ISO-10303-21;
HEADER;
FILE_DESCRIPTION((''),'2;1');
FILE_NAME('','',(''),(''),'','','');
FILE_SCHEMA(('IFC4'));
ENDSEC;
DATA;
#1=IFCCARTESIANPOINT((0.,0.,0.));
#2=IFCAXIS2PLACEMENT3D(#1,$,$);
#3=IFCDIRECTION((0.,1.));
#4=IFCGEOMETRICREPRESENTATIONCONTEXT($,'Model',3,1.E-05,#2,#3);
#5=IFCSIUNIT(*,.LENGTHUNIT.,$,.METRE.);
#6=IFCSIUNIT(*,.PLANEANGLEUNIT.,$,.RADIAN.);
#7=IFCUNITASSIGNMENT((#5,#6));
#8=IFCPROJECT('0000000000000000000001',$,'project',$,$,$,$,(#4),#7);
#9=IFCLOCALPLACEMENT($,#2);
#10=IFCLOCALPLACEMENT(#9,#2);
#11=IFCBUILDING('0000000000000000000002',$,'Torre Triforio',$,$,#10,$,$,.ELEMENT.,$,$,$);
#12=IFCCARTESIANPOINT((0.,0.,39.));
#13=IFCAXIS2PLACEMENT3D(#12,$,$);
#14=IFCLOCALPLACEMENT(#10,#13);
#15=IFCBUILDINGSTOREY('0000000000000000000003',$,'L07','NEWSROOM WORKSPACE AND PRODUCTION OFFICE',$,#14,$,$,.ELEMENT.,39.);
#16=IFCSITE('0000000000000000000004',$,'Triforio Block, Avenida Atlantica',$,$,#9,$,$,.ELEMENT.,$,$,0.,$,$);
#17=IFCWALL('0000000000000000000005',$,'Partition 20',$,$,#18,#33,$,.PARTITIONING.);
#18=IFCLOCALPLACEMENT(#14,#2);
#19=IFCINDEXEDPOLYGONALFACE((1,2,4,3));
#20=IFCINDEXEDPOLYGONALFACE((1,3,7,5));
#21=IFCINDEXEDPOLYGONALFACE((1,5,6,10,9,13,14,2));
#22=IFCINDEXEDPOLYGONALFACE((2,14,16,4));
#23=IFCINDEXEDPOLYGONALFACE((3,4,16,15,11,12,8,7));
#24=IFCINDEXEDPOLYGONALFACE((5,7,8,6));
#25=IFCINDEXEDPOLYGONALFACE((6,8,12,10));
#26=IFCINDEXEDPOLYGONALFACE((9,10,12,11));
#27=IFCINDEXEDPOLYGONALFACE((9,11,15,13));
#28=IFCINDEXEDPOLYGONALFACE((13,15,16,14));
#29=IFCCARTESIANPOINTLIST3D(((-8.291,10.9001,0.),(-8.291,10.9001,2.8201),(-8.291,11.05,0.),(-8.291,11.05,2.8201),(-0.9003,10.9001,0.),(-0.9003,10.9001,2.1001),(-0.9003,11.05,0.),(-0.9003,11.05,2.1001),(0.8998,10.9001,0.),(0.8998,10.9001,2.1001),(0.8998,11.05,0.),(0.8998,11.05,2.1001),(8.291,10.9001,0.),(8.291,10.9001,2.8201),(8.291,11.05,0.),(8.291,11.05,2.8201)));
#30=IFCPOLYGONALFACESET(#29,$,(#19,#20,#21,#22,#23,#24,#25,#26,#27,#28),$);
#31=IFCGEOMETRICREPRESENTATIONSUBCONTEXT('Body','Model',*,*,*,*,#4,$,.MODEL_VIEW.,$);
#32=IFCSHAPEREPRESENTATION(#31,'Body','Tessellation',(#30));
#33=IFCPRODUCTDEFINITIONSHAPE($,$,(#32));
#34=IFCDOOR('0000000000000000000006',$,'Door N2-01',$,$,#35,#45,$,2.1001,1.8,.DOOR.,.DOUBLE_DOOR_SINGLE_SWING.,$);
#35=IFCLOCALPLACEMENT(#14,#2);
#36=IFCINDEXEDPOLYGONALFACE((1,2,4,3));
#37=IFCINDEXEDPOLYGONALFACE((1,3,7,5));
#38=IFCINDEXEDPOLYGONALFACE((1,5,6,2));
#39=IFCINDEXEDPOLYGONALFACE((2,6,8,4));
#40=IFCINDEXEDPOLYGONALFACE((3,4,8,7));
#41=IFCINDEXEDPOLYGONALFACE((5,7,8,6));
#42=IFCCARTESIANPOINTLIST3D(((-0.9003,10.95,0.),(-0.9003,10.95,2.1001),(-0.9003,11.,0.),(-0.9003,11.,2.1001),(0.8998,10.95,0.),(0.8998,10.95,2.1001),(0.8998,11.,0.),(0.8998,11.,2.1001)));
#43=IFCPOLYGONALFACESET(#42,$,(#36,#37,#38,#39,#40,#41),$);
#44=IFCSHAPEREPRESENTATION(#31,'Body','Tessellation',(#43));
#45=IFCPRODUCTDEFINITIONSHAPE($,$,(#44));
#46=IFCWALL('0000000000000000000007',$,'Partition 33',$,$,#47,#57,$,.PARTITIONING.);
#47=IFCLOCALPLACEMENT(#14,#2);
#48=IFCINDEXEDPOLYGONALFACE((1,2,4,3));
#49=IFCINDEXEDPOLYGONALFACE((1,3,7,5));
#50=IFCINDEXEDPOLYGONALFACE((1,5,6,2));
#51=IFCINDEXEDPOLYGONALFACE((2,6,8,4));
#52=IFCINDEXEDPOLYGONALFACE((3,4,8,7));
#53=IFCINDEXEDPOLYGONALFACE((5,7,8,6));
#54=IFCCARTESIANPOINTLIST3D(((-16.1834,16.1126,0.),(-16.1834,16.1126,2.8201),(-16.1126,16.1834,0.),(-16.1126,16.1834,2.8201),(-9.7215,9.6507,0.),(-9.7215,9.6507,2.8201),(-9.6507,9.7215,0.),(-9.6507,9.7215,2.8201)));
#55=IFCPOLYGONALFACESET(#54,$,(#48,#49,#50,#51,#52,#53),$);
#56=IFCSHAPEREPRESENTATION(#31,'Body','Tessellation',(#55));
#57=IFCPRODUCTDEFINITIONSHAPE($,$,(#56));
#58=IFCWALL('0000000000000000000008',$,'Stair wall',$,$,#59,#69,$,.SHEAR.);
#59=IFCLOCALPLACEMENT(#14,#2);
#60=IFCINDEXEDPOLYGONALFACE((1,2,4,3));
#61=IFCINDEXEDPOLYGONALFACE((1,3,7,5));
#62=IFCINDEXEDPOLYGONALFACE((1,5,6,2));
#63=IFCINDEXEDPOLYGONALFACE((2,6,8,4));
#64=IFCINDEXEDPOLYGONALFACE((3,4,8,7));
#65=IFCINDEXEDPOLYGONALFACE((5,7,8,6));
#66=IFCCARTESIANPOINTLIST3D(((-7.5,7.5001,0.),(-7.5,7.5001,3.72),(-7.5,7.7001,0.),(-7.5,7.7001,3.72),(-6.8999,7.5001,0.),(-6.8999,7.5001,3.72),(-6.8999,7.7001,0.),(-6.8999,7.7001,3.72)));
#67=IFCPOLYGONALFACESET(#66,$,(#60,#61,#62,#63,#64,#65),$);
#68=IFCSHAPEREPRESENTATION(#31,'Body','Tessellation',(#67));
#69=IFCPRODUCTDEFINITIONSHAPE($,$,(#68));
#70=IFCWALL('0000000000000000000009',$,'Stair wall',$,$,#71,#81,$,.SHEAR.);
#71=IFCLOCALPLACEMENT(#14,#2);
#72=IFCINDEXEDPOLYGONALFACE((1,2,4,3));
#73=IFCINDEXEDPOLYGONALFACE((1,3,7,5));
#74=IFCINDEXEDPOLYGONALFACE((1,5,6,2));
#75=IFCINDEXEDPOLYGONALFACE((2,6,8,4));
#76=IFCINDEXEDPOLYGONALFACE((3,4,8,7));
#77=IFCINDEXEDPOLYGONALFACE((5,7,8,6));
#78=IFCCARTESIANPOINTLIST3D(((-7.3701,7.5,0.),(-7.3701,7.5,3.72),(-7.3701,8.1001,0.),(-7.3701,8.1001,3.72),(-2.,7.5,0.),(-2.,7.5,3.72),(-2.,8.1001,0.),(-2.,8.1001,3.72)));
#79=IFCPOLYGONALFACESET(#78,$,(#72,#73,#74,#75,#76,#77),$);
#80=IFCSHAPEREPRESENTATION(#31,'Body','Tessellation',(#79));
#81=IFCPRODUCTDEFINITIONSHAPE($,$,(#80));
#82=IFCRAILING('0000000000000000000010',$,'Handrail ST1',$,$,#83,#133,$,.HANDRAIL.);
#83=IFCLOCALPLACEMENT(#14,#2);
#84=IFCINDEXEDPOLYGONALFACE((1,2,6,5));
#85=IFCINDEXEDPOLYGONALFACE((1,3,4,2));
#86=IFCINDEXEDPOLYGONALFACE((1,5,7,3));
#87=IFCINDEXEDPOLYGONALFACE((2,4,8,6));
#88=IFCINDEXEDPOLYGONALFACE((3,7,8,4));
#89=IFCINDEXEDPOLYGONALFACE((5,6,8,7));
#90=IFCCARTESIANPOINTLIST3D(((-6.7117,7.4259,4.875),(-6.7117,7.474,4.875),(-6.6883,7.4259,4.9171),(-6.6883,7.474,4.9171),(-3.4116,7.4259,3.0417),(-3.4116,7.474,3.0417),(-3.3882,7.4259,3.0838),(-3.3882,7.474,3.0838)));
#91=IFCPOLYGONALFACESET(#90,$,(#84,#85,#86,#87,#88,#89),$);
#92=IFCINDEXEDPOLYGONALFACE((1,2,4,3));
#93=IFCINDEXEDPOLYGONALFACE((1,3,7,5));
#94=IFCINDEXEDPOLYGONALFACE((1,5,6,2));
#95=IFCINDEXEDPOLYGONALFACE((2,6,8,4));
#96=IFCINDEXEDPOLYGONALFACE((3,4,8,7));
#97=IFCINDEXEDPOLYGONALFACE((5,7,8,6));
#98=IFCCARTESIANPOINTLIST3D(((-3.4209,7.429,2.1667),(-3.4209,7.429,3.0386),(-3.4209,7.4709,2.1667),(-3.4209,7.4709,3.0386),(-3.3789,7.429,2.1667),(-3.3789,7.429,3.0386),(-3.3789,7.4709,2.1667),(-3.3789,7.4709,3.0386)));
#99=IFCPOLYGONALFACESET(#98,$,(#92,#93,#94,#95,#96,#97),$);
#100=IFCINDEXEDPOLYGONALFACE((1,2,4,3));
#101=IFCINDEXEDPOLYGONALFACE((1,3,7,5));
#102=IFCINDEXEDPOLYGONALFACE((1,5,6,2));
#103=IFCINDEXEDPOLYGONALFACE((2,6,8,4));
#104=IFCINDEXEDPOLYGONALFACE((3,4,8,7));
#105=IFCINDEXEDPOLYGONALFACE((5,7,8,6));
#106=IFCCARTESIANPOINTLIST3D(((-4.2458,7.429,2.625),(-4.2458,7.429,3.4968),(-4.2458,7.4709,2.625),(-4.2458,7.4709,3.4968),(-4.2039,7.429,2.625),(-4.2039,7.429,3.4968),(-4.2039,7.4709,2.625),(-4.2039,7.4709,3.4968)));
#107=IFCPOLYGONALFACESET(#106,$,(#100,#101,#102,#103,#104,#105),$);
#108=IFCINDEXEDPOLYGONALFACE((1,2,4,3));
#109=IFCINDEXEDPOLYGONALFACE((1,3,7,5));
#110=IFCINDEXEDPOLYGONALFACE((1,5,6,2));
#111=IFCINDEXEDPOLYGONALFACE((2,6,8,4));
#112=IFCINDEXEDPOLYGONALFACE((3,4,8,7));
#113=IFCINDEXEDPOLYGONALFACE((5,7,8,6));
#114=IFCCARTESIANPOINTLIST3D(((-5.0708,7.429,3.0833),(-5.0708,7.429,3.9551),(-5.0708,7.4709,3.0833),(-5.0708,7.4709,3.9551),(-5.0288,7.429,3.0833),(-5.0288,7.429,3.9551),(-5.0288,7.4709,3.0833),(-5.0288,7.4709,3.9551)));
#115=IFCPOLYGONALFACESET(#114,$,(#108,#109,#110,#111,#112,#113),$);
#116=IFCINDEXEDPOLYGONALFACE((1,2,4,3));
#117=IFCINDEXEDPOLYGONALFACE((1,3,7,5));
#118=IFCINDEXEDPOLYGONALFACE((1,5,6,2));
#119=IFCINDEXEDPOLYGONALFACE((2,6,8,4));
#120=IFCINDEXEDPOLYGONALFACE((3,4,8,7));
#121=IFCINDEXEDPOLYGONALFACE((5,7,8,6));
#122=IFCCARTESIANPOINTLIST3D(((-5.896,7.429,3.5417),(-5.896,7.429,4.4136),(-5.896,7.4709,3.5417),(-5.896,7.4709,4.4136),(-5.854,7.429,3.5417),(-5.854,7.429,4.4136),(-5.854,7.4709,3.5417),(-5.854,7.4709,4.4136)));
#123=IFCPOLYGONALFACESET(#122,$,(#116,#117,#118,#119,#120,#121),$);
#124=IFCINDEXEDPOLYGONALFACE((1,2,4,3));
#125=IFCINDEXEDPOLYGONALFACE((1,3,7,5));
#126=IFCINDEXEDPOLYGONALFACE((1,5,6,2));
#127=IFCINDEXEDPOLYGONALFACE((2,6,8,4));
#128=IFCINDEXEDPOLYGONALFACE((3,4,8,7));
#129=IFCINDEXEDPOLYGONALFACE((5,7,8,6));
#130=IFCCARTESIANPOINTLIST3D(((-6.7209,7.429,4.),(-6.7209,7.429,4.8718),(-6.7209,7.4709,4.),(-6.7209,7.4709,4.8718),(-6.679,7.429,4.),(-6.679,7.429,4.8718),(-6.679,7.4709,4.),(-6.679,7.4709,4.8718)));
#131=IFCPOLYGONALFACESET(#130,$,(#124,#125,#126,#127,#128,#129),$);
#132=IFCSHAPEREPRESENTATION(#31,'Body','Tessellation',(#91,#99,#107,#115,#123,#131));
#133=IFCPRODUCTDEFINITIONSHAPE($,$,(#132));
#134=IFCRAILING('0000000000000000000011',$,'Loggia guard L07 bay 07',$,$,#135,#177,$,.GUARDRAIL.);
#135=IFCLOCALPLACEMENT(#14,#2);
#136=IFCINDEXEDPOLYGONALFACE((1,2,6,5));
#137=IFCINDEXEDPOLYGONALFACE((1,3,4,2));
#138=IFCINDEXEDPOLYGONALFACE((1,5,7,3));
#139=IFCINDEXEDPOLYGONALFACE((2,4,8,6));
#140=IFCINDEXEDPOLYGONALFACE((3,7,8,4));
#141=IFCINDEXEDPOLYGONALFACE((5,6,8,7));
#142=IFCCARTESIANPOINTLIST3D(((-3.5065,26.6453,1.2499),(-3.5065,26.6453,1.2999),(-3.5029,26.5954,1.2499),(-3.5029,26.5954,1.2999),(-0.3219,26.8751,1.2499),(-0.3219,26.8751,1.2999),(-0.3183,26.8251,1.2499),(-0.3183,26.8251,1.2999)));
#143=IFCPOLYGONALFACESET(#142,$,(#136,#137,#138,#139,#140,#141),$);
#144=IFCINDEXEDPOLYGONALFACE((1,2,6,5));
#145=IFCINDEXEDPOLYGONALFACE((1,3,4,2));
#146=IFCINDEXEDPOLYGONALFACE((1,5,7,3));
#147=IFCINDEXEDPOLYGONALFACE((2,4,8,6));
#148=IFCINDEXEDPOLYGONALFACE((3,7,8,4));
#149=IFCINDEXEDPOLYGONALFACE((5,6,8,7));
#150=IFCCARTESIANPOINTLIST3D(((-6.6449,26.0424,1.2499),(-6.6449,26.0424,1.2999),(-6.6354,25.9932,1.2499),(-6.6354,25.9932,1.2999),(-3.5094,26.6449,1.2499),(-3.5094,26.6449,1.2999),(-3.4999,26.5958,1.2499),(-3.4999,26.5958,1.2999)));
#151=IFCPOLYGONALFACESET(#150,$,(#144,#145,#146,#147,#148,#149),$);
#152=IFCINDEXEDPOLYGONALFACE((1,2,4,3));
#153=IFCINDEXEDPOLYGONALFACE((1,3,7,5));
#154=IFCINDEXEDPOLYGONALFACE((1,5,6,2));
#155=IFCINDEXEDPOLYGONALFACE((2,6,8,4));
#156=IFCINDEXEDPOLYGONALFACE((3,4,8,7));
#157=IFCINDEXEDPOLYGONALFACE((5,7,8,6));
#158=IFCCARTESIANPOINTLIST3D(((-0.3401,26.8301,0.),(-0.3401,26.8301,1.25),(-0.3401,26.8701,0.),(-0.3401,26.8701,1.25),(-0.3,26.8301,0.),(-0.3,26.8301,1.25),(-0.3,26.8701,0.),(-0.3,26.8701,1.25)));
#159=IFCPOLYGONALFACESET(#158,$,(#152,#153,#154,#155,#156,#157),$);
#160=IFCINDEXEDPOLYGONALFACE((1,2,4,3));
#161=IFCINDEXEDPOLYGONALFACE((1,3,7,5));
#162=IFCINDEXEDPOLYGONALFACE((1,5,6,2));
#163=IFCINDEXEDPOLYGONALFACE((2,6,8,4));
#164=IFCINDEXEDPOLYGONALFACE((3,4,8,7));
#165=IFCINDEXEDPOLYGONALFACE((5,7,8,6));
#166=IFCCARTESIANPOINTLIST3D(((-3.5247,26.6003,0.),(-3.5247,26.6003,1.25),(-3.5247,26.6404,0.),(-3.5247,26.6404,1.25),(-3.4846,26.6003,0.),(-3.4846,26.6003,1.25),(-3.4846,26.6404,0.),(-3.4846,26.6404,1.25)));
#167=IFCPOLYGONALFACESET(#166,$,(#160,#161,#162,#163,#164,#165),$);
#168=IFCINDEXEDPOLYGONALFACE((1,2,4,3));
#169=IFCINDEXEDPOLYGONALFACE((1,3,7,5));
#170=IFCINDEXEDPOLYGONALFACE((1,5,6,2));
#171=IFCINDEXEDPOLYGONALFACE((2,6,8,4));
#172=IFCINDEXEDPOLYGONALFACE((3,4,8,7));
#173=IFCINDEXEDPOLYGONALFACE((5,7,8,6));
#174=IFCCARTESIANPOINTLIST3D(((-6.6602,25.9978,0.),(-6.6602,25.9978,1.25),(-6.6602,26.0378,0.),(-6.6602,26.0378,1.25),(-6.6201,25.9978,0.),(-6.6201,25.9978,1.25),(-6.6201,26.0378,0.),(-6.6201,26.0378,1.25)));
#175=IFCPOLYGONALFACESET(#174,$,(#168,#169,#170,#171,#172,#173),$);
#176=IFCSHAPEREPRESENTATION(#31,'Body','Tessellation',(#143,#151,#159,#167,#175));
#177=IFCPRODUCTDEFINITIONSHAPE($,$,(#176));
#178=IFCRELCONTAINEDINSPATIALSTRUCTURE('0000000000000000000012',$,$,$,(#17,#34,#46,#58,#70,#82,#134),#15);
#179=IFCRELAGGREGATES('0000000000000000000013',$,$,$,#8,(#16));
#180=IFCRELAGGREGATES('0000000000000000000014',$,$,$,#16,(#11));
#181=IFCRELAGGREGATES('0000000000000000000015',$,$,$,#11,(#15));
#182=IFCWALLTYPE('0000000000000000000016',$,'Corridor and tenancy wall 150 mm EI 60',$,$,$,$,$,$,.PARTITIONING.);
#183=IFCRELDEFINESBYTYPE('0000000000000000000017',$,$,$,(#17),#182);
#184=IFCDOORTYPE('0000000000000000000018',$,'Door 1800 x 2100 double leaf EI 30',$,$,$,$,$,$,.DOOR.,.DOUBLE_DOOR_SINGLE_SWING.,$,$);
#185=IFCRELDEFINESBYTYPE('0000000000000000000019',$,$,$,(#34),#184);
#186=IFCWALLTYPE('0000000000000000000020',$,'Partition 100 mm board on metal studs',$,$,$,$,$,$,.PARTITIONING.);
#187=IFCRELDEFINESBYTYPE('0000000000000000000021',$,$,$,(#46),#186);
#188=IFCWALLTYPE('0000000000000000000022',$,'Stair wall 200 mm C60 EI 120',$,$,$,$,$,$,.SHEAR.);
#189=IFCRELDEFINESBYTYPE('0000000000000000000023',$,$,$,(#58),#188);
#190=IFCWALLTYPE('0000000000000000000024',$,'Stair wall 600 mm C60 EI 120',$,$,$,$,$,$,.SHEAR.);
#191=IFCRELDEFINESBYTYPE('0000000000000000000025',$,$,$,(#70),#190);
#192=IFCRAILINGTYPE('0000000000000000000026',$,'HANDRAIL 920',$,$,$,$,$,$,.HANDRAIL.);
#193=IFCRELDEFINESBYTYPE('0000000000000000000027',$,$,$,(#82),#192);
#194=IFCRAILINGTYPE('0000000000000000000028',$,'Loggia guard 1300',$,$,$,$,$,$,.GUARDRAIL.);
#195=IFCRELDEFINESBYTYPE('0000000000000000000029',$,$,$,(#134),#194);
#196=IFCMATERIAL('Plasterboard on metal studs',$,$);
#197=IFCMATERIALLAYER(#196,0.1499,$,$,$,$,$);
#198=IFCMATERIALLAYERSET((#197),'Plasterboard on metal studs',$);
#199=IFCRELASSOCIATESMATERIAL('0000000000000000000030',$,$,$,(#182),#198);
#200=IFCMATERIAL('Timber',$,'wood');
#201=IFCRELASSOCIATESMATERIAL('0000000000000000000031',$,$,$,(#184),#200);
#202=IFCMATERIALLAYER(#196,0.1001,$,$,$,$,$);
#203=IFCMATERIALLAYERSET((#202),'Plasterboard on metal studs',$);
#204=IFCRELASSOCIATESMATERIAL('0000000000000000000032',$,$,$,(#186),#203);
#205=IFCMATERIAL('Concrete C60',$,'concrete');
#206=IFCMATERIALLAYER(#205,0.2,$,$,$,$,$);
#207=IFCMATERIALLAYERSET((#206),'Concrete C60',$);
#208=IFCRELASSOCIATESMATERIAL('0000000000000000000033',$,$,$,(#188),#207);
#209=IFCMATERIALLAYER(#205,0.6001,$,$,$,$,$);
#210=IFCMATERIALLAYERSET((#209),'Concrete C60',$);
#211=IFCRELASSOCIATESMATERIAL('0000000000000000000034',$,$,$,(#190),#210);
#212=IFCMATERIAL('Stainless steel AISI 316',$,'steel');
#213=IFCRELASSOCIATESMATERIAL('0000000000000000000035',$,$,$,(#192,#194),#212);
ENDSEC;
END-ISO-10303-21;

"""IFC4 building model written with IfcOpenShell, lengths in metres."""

from ifc_helpers import new_model, si_unit, direction, frame, frame_2d, origin, origin_2d, place, context, subcontext, project, spatial, rectangle, extrude, material, layer, layer_set, type_object, element, fill, save


model = new_model("IFC4")

# Units and contexts
model_context = context("Model", 3, precision=1e-05, world=origin(), true_north=direction((0.0, 1.0)))
body_context = subcontext(model_context, "Body", "Model", "MODEL_VIEW")
ifc_project = project(units=[si_unit("LENGTHUNIT", "METRE"), si_unit("PLANEANGLEUNIT", "RADIAN")], contexts=[model_context])

# Site, building, storey
site_placement = place(None, origin())
site = spatial("IfcSite", under=ifc_project, at=site_placement, Name="Triforio Block, Avenida Atlantica", CompositionType="ELEMENT", RefElevation=0.0)
building_placement = place(site_placement, origin())
building = spatial("IfcBuilding", under=site, at=building_placement, Name="Torre Triforio", CompositionType="ELEMENT")
storey_placement = place(building_placement, frame((0.0, 0.0, 39.0)))
storey = spatial("IfcBuildingStorey", under=building, at=storey_placement, Name="L07", Description="NEWSROOM WORKSPACE AND PRODUCTION OFFICE", CompositionType="ELEMENT", Elevation=39.0)

# Shared definitions
ifc_material_1 = material(Name="Concrete C60", Category="concrete")

# Wall, opening, door
ifc_material_2 = material(Name="Plasterboard on metal studs")
ifc_layer_1 = layer(ifc_material_2, 0.1499)
ifc_layer_set_1 = layer_set([ifc_layer_1], Name="Plasterboard on metal studs")
wall_type_1 = type_object("IfcWallType", Name="Corridor and tenancy wall 150 mm EI 60", PredefinedType="PARTITIONING", material=ifc_layer_set_1)
wall_1_placement = place(storey_placement, frame((-8.291, 10.9751, 0.0), z_axis=(0.0, 0.0, 1.0), x_axis=(1.0, 0.0, 0.0)))
wall_1 = element("IfcWall", 1, at=wall_1_placement, inside=storey, type_object=wall_type_1, Name="Partition 20", PredefinedType="PARTITIONING", context=body_context, shape_type="SweptSolid", body=[
    extrude(rectangle(XDim=16.582, YDim=0.1499, at=frame_2d((8.291, 0.0))), origin(), (0.0, 0.0, 1.0), 2.8201),
])
opening_1_placement = place(wall_1_placement, frame((7.3909, 0.0, 0.0)))
opening_1 = element("IfcOpeningElement", 2, at=opening_1_placement, cuts=wall_1, PredefinedType="OPENING", context=body_context, shape_type="SweptSolid", body=[
    extrude(rectangle(XDim=1.8, YDim=2.1001, at=frame_2d((0.8999, 1.05))), frame((0.0, 0.085, 0.0), z_axis=(0.0, -1.0, 0.0), x_axis=(1.0, 0.0, 0.0)), (0.0, 0.0, 1.0), 0.1699),
])
ifc_material_3 = material(Name="Timber", Category="wood")
door_type_1 = type_object("IfcDoorType", Name="Door 1800 x 2100 double leaf EI 30", OperationType="DOUBLE_DOOR_SINGLE_SWING", PredefinedType="DOOR", material=ifc_material_3)
door_1_placement = place(opening_1_placement, origin())
door_1 = element("IfcDoor", 3, at=door_1_placement, inside=storey, type_object=door_type_1, Name="Door N2-01", OperationType="DOUBLE_DOOR_SINGLE_SWING", OverallHeight=2.1001, OverallWidth=1.8, PredefinedType="DOOR", context=body_context, shape_type="SweptSolid", body=[
    extrude(rectangle(XDim=1.8, YDim=2.1001, at=frame_2d((0.8999, 1.05))), frame((0.0, 0.0249, 0.0), z_axis=(0.0, -1.0, 0.0), x_axis=(1.0, 0.0, 0.0)), (0.0, 0.0, 1.0), 0.05),
])
fill(opening_1, door_1)

# Walls
ifc_layer_2 = layer(ifc_material_2, 0.1001)
ifc_layer_set_2 = layer_set([ifc_layer_2], Name="Plasterboard on metal studs")
wall_type_2 = type_object("IfcWallType", Name="Partition 100 mm board on metal studs", PredefinedType="PARTITIONING", material=ifc_layer_set_2)
wall_2_placement = place(storey_placement, frame((-9.686, 9.686, 0.0), z_axis=(0.0, 0.0, 1.0), x_axis=(-0.707107, 0.707107, 0.0)))
element("IfcWall", 4, at=wall_2_placement, inside=storey, type_object=wall_type_2, Name="Partition 33", PredefinedType="PARTITIONING", context=body_context, shape_type="SweptSolid", body=[
    extrude(rectangle(XDim=9.1384, YDim=0.1001, at=frame_2d((4.5693, 0.0))), origin(), (0.0, 0.0, 1.0), 2.8201),
])
ifc_layer_3 = layer(ifc_material_1, 0.2)
ifc_layer_set_3 = layer_set([ifc_layer_3], Name="Concrete C60")
wall_type_3 = type_object("IfcWallType", Name="Stair wall 200 mm C60 EI 120", PredefinedType="SHEAR", material=ifc_layer_set_3)
wall_3_placement = place(storey_placement, frame((-7.5, 7.6001, 0.0), z_axis=(0.0, 0.0, 1.0), x_axis=(1.0, 0.0, 0.0)))
element("IfcWall", 5, at=wall_3_placement, inside=storey, type_object=wall_type_3, Name="Stair wall", PredefinedType="SHEAR", context=body_context, shape_type="SweptSolid", body=[
    extrude(rectangle(XDim=0.6001, YDim=0.2, at=frame_2d((0.3, 0.0))), origin(), (0.0, 0.0, 1.0), 3.72),
])
ifc_layer_4 = layer(ifc_material_1, 0.6001)
ifc_layer_set_4 = layer_set([ifc_layer_4], Name="Concrete C60")
wall_type_4 = type_object("IfcWallType", Name="Stair wall 600 mm C60 EI 120", PredefinedType="SHEAR", material=ifc_layer_set_4)
wall_4_placement = place(storey_placement, frame((-7.3701, 7.8, 0.0), z_axis=(0.0, 0.0, 1.0), x_axis=(1.0, 0.0, 0.0)))
element("IfcWall", 6, at=wall_4_placement, inside=storey, type_object=wall_type_4, Name="Stair wall", PredefinedType="SHEAR", context=body_context, shape_type="SweptSolid", body=[
    extrude(rectangle(XDim=5.3701, YDim=0.6001, at=frame_2d((2.6851, 0.0))), origin(), (0.0, 0.0, 1.0), 3.72),
])

# Railings
ifc_material_4 = material(Name="Stainless steel AISI 316", Category="steel")
railing_type_1 = type_object("IfcRailingType", Name="HANDRAIL 920", PredefinedType="HANDRAIL", material=ifc_material_4)
railing_1_placement = place(storey_placement, frame((-3.3999, 7.45, 2.1667)))
element("IfcRailing", 7, at=railing_1_placement, inside=storey, type_object=railing_type_1, Name="Handrail ST1", PredefinedType="HANDRAIL", context=body_context, shape_type="SweptSolid", body=[
    extrude(rectangle(XDim=0.0481, YDim=0.0481, at=origin_2d()), frame((0.0, 0.0, 0.896), z_axis=(-0.874169, 0.0, 0.485621), x_axis=(0.0, -1.0, 0.0)), (0.0, 0.0, 1.0), 3.7751),
    extrude(rectangle(XDim=0.042, YDim=0.042, at=origin_2d()), origin(), (0.0, 0.0, 1.0), 0.8718),
    extrude(rectangle(XDim=0.042, YDim=0.042, at=origin_2d()), frame((-0.825, 0.0, 0.4583)), (0.0, 0.0, 1.0), 0.8718),
    extrude(rectangle(XDim=0.042, YDim=0.042, at=origin_2d()), frame((-1.6499, 0.0, 0.9165)), (0.0, 0.0, 1.0), 0.8718),
    extrude(rectangle(XDim=0.042, YDim=0.042, at=origin_2d()), frame((-2.4751, 0.0, 1.375)), (0.0, 0.0, 1.0), 0.8718),
    extrude(rectangle(XDim=0.042, YDim=0.042, at=origin_2d()), frame((-3.3, 0.0, 1.8333)), (0.0, 0.0, 1.0), 0.8718),
])
railing_type_2 = type_object("IfcRailingType", Name="Loggia guard 1300", PredefinedType="GUARDRAIL", material=ifc_material_4)
railing_2_placement = place(storey_placement, frame((-0.3201, 26.8501, 0.0)))
element("IfcRailing", 8, at=railing_2_placement, inside=storey, type_object=railing_type_2, Name="Loggia guard L07 bay 07", PredefinedType="GUARDRAIL", context=body_context, shape_type="SweptSolid", body=[
    extrude(rectangle(XDim=0.05, YDim=0.05, at=origin_2d()), frame((0.0, 0.0, 1.2749), z_axis=(-0.997408, -0.071953, 0.0), x_axis=(0.071953, -0.997408, 0.0)), (0.0, 0.0, 1.0), 3.1929),
    extrude(rectangle(XDim=0.05, YDim=0.05, at=origin_2d()), frame((-3.1846, -0.2297, 1.2749), z_axis=(-0.982032, -0.188714, 0.0), x_axis=(0.188714, -0.982032, 0.0)), (0.0, 0.0, 1.0), 3.1929),
    extrude(rectangle(XDim=0.04, YDim=0.04, at=origin_2d()), origin(), (0.0, 0.0, 1.0), 1.25),
    extrude(rectangle(XDim=0.04, YDim=0.04, at=origin_2d()), frame((-3.1846, -0.2297, 0.0)), (0.0, 0.0, 1.0), 1.25),
    extrude(rectangle(XDim=0.04, YDim=0.04, at=origin_2d()), frame((-6.3201, -0.8323, 0.0)), (0.0, 0.0, 1.0), 1.25),
])

save(model, "model.ifc")
